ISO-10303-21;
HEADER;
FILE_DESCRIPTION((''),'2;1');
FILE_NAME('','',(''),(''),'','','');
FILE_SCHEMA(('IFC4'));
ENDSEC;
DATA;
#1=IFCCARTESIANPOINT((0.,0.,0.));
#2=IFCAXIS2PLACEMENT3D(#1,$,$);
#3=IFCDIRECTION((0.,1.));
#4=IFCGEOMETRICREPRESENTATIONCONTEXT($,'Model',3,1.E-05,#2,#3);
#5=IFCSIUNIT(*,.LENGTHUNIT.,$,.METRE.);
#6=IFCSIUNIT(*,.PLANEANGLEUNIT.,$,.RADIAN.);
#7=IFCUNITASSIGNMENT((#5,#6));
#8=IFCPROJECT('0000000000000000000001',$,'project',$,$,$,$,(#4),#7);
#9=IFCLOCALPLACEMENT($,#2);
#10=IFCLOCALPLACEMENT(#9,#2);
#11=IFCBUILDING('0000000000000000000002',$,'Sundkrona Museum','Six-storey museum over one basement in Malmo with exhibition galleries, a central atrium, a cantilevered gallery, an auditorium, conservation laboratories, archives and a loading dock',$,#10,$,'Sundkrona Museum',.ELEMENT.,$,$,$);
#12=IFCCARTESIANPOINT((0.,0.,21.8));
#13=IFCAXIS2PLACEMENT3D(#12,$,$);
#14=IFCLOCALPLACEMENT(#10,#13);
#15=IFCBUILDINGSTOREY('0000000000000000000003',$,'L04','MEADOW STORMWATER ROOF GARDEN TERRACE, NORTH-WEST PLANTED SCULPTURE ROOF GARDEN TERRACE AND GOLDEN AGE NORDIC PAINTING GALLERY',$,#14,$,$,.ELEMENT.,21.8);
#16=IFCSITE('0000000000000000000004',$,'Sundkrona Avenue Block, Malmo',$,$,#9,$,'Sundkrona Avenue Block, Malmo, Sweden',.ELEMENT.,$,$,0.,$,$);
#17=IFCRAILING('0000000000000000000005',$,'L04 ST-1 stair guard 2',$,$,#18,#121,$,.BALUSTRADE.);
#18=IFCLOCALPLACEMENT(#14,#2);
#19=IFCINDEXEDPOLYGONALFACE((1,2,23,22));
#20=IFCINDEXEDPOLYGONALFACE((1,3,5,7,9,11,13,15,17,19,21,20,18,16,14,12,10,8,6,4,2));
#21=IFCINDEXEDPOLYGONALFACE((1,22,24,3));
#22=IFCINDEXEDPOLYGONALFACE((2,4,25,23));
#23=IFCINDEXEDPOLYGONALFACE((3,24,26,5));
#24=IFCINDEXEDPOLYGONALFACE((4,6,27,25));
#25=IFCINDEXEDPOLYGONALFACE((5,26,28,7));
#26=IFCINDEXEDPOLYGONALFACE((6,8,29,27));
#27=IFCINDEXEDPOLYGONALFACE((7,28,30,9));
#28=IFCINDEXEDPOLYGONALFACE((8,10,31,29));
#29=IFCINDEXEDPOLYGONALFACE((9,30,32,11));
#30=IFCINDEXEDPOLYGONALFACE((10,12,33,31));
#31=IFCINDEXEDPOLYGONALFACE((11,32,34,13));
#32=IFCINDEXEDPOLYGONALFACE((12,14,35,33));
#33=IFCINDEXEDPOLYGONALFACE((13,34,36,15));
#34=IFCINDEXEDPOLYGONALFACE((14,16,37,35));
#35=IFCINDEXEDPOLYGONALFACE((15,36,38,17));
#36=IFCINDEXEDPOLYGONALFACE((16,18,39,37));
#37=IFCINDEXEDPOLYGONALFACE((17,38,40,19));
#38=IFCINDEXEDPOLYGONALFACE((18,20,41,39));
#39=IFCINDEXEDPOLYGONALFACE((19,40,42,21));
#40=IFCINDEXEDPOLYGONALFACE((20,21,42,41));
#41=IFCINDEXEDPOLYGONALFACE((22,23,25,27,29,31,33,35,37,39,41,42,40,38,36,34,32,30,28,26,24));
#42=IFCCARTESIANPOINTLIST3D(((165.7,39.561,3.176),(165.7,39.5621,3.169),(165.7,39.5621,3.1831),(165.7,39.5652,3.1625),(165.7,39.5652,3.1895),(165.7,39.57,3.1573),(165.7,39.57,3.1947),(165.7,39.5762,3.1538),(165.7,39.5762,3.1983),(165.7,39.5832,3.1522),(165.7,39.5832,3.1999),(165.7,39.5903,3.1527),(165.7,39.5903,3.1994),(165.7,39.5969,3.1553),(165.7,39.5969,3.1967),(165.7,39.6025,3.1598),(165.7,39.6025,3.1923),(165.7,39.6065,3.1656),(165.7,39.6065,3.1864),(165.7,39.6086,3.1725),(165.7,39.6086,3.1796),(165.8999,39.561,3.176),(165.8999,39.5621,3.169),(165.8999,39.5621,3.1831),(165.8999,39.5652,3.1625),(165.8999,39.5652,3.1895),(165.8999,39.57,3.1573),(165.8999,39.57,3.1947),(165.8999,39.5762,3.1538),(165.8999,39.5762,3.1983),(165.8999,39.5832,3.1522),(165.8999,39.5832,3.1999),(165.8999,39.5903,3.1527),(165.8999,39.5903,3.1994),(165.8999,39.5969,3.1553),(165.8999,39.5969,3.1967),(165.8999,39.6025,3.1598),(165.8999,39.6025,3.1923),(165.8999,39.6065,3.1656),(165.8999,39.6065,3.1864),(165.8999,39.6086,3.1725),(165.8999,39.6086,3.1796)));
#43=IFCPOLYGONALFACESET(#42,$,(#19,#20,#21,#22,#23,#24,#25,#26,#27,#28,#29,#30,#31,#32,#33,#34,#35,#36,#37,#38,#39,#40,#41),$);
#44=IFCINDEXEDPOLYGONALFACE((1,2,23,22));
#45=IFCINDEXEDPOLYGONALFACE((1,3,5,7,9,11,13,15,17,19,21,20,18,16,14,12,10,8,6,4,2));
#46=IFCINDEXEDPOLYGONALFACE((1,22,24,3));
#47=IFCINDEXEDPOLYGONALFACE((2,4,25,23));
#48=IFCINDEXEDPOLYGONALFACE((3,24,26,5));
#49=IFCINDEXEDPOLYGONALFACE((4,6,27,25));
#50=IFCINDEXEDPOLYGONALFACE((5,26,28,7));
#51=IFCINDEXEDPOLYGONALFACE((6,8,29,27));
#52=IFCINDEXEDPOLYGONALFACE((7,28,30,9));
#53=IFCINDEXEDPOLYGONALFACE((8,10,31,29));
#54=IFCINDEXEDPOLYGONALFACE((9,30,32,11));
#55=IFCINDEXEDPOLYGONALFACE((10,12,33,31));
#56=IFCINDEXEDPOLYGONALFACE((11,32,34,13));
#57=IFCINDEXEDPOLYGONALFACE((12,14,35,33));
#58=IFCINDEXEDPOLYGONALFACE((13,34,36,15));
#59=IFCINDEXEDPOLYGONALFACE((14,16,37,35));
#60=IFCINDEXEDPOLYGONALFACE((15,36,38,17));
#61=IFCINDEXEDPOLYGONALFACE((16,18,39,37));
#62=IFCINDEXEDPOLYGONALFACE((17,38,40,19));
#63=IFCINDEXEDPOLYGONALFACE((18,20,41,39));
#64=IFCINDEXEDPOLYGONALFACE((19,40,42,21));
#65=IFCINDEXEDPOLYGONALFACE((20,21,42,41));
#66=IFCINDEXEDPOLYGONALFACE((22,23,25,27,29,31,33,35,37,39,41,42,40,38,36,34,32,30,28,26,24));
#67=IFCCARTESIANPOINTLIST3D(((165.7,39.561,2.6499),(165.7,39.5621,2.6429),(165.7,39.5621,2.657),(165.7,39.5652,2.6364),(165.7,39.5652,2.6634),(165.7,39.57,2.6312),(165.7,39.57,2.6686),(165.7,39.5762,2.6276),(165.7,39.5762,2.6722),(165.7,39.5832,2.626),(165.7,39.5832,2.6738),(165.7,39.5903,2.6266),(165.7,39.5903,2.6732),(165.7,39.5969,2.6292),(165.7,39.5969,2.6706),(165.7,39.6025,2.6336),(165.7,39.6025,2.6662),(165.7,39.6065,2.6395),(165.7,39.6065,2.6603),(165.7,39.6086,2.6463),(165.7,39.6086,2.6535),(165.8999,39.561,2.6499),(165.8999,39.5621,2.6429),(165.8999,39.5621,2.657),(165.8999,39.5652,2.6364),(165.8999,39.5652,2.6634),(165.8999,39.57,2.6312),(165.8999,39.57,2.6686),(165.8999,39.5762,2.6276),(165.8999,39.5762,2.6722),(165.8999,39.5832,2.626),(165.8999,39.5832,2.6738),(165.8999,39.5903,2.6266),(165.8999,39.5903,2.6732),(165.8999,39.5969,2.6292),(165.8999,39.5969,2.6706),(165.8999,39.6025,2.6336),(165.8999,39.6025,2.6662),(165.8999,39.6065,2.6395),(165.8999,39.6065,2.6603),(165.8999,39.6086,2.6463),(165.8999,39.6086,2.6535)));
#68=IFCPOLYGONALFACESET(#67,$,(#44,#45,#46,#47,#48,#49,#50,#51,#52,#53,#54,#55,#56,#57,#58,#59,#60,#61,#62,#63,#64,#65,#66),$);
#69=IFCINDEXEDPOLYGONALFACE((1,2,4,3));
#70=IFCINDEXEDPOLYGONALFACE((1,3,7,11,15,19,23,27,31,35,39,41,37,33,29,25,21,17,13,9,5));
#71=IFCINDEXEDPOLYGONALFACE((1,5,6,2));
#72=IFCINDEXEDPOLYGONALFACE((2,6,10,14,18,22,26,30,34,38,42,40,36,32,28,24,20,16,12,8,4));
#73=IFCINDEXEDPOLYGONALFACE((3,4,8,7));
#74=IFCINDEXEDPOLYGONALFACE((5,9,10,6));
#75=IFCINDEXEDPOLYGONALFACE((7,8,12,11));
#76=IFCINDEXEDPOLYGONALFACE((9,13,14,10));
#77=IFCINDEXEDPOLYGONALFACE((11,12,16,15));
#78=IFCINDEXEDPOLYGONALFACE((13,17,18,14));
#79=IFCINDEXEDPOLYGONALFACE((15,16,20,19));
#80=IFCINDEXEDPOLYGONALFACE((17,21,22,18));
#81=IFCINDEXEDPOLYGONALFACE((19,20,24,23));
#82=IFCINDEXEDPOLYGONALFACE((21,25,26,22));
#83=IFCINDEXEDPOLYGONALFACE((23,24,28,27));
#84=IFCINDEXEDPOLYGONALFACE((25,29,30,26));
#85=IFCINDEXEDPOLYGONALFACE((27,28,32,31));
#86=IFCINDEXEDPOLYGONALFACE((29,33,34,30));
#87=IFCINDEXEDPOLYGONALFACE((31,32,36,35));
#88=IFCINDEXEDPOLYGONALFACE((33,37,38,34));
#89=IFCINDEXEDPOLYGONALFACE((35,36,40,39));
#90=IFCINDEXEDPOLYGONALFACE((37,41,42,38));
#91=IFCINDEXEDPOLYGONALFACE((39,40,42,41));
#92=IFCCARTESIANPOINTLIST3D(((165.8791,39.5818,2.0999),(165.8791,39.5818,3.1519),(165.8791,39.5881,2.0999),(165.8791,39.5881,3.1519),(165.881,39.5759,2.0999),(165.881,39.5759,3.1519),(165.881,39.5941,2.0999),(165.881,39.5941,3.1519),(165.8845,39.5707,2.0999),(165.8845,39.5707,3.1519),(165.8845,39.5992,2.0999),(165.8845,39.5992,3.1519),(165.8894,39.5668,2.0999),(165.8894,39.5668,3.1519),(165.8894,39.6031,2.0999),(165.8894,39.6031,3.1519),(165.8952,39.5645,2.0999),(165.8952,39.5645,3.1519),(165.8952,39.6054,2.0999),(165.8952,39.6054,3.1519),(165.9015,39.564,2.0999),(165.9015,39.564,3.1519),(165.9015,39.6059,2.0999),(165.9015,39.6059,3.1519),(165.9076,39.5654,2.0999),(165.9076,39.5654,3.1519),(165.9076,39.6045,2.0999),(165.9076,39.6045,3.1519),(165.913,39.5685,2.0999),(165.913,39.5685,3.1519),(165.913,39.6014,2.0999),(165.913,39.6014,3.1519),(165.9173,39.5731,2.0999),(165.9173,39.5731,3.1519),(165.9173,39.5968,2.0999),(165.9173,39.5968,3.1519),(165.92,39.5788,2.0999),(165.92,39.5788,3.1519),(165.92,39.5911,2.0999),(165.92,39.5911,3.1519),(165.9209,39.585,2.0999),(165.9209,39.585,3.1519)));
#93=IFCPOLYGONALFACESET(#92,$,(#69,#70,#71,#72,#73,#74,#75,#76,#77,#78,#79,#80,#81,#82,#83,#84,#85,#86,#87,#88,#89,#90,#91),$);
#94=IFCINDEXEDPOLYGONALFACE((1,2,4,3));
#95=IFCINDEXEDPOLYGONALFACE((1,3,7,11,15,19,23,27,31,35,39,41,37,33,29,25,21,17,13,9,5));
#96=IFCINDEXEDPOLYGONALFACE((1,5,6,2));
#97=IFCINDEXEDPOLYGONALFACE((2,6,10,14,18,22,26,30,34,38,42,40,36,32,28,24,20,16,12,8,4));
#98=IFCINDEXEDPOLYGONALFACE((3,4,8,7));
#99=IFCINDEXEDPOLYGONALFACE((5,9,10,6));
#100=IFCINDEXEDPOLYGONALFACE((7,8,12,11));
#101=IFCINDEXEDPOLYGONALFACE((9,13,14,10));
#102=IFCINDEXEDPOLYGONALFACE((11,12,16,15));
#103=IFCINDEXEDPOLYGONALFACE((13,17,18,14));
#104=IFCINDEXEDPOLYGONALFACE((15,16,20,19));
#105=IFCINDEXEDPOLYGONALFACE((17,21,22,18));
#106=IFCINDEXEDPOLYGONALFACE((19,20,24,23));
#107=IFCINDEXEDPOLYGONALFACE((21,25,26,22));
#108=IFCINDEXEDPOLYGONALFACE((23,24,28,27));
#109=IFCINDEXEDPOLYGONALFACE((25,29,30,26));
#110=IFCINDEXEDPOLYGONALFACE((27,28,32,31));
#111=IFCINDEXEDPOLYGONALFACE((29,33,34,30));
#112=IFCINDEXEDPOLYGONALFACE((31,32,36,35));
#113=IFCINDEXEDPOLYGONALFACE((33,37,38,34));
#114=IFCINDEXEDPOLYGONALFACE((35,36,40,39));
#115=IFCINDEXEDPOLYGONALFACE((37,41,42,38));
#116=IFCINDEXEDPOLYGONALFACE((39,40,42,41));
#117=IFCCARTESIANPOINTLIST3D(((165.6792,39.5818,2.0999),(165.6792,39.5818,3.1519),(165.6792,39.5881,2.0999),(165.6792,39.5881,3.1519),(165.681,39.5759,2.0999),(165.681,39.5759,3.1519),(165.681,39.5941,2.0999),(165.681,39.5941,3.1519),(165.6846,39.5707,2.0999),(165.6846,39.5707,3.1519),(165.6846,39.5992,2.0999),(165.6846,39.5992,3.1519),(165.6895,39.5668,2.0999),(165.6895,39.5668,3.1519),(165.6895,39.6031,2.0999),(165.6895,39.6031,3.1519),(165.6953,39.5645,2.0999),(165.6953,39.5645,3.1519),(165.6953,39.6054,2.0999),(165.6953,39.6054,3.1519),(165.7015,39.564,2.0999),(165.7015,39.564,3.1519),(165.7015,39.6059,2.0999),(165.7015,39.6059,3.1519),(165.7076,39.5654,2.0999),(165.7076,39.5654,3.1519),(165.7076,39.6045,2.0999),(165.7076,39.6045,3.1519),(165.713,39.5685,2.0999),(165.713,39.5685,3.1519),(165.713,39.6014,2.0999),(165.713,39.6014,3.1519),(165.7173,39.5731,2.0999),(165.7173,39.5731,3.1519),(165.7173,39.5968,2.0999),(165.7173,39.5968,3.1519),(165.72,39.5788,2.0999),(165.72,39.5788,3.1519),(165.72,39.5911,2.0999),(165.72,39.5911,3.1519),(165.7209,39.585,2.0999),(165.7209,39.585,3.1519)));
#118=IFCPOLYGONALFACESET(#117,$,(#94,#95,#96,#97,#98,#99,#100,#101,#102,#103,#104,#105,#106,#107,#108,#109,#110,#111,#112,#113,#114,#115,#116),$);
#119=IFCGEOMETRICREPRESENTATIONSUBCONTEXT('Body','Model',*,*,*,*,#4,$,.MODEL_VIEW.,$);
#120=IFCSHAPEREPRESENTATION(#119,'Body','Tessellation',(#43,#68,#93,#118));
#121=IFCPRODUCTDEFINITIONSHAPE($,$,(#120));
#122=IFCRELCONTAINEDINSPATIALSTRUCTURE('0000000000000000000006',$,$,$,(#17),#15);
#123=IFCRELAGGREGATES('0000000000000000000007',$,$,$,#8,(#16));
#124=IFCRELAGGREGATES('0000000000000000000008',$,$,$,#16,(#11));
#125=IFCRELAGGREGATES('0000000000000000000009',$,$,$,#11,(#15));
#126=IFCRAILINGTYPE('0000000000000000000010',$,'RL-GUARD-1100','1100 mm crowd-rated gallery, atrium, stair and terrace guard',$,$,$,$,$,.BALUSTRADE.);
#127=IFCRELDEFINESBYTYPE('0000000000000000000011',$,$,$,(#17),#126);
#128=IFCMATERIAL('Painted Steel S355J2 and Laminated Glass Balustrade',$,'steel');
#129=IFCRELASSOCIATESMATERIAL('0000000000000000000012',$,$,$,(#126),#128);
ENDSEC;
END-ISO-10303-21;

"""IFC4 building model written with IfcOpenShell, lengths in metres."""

from ifc_helpers import new_model, si_unit, direction, frame, origin, origin_2d, place, context, subcontext, project, spatial, circle, extrude, material, type_object, element, save


model = new_model("IFC4")

# Units and contexts
model_context = context("Model", 3, precision=1e-05, world=origin(), true_north=direction((0.0, 1.0)))
body_context = subcontext(model_context, "Body", "Model", "MODEL_VIEW")
ifc_project = project(units=[si_unit("LENGTHUNIT", "METRE"), si_unit("PLANEANGLEUNIT", "RADIAN")], contexts=[model_context])

# Site, building, storey
site_placement = place(None, origin())
site = spatial("IfcSite", under=ifc_project, at=site_placement, Name="Sundkrona Avenue Block, Malmo", LongName="Sundkrona Avenue Block, Malmo, Sweden", CompositionType="ELEMENT", RefElevation=0.0)
building_placement = place(site_placement, origin())
building = spatial("IfcBuilding", under=site, at=building_placement, Name="Sundkrona Museum", Description="Six-storey museum over one basement in Malmo with exhibition galleries, a central atrium, a cantilevered gallery, an auditorium, conservation laboratories, archives and a loading dock", LongName="Sundkrona Museum", CompositionType="ELEMENT")
storey_placement = place(building_placement, frame((0.0, 0.0, 21.8)))
storey = spatial("IfcBuildingStorey", under=building, at=storey_placement, Name="L04", Description="MEADOW STORMWATER ROOF GARDEN TERRACE, NORTH-WEST PLANTED SCULPTURE ROOF GARDEN TERRACE AND GOLDEN AGE NORDIC PAINTING GALLERY", CompositionType="ELEMENT", Elevation=21.8)

# Railing
ifc_material_1 = material(Name="Painted Steel S355J2 and Laminated Glass Balustrade", Category="steel")
railing_type = type_object("IfcRailingType", Name="RL-GUARD-1100", Description="1100 mm crowd-rated gallery, atrium, stair and terrace guard", PredefinedType="BALUSTRADE", material=ifc_material_1)
railing_1_placement = place(storey_placement, frame((165.8999, 39.585, 2.0999)))
element("IfcRailing", 1, at=railing_1_placement, inside=storey, type_object=railing_type, Name="L04 ST-1 stair guard 2", PredefinedType="BALUSTRADE", context=body_context, shape_type="SweptSolid", body=[
    extrude(circle(Radius=0.0239, at=origin_2d()), frame((0.0, 0.0, 1.0762), z_axis=(-1.0, 0.0, 0.0), x_axis=(0.0, -1.0, 0.0)), (0.0, 0.0, 1.0), 0.2),
    extrude(circle(Radius=0.0239, at=origin_2d()), frame((0.0, 0.0, 0.55), z_axis=(-1.0, 0.0, 0.0), x_axis=(0.0, -1.0, 0.0)), (0.0, 0.0, 1.0), 0.2),
    extrude(circle(Radius=0.021, at=origin_2d()), origin(), (0.0, 0.0, 1.0), 1.052),
    extrude(circle(Radius=0.021, at=origin_2d()), frame((-0.2, 0.0, 0.0)), (0.0, 0.0, 1.0), 1.052),
])

save(model, "model.ifc")
